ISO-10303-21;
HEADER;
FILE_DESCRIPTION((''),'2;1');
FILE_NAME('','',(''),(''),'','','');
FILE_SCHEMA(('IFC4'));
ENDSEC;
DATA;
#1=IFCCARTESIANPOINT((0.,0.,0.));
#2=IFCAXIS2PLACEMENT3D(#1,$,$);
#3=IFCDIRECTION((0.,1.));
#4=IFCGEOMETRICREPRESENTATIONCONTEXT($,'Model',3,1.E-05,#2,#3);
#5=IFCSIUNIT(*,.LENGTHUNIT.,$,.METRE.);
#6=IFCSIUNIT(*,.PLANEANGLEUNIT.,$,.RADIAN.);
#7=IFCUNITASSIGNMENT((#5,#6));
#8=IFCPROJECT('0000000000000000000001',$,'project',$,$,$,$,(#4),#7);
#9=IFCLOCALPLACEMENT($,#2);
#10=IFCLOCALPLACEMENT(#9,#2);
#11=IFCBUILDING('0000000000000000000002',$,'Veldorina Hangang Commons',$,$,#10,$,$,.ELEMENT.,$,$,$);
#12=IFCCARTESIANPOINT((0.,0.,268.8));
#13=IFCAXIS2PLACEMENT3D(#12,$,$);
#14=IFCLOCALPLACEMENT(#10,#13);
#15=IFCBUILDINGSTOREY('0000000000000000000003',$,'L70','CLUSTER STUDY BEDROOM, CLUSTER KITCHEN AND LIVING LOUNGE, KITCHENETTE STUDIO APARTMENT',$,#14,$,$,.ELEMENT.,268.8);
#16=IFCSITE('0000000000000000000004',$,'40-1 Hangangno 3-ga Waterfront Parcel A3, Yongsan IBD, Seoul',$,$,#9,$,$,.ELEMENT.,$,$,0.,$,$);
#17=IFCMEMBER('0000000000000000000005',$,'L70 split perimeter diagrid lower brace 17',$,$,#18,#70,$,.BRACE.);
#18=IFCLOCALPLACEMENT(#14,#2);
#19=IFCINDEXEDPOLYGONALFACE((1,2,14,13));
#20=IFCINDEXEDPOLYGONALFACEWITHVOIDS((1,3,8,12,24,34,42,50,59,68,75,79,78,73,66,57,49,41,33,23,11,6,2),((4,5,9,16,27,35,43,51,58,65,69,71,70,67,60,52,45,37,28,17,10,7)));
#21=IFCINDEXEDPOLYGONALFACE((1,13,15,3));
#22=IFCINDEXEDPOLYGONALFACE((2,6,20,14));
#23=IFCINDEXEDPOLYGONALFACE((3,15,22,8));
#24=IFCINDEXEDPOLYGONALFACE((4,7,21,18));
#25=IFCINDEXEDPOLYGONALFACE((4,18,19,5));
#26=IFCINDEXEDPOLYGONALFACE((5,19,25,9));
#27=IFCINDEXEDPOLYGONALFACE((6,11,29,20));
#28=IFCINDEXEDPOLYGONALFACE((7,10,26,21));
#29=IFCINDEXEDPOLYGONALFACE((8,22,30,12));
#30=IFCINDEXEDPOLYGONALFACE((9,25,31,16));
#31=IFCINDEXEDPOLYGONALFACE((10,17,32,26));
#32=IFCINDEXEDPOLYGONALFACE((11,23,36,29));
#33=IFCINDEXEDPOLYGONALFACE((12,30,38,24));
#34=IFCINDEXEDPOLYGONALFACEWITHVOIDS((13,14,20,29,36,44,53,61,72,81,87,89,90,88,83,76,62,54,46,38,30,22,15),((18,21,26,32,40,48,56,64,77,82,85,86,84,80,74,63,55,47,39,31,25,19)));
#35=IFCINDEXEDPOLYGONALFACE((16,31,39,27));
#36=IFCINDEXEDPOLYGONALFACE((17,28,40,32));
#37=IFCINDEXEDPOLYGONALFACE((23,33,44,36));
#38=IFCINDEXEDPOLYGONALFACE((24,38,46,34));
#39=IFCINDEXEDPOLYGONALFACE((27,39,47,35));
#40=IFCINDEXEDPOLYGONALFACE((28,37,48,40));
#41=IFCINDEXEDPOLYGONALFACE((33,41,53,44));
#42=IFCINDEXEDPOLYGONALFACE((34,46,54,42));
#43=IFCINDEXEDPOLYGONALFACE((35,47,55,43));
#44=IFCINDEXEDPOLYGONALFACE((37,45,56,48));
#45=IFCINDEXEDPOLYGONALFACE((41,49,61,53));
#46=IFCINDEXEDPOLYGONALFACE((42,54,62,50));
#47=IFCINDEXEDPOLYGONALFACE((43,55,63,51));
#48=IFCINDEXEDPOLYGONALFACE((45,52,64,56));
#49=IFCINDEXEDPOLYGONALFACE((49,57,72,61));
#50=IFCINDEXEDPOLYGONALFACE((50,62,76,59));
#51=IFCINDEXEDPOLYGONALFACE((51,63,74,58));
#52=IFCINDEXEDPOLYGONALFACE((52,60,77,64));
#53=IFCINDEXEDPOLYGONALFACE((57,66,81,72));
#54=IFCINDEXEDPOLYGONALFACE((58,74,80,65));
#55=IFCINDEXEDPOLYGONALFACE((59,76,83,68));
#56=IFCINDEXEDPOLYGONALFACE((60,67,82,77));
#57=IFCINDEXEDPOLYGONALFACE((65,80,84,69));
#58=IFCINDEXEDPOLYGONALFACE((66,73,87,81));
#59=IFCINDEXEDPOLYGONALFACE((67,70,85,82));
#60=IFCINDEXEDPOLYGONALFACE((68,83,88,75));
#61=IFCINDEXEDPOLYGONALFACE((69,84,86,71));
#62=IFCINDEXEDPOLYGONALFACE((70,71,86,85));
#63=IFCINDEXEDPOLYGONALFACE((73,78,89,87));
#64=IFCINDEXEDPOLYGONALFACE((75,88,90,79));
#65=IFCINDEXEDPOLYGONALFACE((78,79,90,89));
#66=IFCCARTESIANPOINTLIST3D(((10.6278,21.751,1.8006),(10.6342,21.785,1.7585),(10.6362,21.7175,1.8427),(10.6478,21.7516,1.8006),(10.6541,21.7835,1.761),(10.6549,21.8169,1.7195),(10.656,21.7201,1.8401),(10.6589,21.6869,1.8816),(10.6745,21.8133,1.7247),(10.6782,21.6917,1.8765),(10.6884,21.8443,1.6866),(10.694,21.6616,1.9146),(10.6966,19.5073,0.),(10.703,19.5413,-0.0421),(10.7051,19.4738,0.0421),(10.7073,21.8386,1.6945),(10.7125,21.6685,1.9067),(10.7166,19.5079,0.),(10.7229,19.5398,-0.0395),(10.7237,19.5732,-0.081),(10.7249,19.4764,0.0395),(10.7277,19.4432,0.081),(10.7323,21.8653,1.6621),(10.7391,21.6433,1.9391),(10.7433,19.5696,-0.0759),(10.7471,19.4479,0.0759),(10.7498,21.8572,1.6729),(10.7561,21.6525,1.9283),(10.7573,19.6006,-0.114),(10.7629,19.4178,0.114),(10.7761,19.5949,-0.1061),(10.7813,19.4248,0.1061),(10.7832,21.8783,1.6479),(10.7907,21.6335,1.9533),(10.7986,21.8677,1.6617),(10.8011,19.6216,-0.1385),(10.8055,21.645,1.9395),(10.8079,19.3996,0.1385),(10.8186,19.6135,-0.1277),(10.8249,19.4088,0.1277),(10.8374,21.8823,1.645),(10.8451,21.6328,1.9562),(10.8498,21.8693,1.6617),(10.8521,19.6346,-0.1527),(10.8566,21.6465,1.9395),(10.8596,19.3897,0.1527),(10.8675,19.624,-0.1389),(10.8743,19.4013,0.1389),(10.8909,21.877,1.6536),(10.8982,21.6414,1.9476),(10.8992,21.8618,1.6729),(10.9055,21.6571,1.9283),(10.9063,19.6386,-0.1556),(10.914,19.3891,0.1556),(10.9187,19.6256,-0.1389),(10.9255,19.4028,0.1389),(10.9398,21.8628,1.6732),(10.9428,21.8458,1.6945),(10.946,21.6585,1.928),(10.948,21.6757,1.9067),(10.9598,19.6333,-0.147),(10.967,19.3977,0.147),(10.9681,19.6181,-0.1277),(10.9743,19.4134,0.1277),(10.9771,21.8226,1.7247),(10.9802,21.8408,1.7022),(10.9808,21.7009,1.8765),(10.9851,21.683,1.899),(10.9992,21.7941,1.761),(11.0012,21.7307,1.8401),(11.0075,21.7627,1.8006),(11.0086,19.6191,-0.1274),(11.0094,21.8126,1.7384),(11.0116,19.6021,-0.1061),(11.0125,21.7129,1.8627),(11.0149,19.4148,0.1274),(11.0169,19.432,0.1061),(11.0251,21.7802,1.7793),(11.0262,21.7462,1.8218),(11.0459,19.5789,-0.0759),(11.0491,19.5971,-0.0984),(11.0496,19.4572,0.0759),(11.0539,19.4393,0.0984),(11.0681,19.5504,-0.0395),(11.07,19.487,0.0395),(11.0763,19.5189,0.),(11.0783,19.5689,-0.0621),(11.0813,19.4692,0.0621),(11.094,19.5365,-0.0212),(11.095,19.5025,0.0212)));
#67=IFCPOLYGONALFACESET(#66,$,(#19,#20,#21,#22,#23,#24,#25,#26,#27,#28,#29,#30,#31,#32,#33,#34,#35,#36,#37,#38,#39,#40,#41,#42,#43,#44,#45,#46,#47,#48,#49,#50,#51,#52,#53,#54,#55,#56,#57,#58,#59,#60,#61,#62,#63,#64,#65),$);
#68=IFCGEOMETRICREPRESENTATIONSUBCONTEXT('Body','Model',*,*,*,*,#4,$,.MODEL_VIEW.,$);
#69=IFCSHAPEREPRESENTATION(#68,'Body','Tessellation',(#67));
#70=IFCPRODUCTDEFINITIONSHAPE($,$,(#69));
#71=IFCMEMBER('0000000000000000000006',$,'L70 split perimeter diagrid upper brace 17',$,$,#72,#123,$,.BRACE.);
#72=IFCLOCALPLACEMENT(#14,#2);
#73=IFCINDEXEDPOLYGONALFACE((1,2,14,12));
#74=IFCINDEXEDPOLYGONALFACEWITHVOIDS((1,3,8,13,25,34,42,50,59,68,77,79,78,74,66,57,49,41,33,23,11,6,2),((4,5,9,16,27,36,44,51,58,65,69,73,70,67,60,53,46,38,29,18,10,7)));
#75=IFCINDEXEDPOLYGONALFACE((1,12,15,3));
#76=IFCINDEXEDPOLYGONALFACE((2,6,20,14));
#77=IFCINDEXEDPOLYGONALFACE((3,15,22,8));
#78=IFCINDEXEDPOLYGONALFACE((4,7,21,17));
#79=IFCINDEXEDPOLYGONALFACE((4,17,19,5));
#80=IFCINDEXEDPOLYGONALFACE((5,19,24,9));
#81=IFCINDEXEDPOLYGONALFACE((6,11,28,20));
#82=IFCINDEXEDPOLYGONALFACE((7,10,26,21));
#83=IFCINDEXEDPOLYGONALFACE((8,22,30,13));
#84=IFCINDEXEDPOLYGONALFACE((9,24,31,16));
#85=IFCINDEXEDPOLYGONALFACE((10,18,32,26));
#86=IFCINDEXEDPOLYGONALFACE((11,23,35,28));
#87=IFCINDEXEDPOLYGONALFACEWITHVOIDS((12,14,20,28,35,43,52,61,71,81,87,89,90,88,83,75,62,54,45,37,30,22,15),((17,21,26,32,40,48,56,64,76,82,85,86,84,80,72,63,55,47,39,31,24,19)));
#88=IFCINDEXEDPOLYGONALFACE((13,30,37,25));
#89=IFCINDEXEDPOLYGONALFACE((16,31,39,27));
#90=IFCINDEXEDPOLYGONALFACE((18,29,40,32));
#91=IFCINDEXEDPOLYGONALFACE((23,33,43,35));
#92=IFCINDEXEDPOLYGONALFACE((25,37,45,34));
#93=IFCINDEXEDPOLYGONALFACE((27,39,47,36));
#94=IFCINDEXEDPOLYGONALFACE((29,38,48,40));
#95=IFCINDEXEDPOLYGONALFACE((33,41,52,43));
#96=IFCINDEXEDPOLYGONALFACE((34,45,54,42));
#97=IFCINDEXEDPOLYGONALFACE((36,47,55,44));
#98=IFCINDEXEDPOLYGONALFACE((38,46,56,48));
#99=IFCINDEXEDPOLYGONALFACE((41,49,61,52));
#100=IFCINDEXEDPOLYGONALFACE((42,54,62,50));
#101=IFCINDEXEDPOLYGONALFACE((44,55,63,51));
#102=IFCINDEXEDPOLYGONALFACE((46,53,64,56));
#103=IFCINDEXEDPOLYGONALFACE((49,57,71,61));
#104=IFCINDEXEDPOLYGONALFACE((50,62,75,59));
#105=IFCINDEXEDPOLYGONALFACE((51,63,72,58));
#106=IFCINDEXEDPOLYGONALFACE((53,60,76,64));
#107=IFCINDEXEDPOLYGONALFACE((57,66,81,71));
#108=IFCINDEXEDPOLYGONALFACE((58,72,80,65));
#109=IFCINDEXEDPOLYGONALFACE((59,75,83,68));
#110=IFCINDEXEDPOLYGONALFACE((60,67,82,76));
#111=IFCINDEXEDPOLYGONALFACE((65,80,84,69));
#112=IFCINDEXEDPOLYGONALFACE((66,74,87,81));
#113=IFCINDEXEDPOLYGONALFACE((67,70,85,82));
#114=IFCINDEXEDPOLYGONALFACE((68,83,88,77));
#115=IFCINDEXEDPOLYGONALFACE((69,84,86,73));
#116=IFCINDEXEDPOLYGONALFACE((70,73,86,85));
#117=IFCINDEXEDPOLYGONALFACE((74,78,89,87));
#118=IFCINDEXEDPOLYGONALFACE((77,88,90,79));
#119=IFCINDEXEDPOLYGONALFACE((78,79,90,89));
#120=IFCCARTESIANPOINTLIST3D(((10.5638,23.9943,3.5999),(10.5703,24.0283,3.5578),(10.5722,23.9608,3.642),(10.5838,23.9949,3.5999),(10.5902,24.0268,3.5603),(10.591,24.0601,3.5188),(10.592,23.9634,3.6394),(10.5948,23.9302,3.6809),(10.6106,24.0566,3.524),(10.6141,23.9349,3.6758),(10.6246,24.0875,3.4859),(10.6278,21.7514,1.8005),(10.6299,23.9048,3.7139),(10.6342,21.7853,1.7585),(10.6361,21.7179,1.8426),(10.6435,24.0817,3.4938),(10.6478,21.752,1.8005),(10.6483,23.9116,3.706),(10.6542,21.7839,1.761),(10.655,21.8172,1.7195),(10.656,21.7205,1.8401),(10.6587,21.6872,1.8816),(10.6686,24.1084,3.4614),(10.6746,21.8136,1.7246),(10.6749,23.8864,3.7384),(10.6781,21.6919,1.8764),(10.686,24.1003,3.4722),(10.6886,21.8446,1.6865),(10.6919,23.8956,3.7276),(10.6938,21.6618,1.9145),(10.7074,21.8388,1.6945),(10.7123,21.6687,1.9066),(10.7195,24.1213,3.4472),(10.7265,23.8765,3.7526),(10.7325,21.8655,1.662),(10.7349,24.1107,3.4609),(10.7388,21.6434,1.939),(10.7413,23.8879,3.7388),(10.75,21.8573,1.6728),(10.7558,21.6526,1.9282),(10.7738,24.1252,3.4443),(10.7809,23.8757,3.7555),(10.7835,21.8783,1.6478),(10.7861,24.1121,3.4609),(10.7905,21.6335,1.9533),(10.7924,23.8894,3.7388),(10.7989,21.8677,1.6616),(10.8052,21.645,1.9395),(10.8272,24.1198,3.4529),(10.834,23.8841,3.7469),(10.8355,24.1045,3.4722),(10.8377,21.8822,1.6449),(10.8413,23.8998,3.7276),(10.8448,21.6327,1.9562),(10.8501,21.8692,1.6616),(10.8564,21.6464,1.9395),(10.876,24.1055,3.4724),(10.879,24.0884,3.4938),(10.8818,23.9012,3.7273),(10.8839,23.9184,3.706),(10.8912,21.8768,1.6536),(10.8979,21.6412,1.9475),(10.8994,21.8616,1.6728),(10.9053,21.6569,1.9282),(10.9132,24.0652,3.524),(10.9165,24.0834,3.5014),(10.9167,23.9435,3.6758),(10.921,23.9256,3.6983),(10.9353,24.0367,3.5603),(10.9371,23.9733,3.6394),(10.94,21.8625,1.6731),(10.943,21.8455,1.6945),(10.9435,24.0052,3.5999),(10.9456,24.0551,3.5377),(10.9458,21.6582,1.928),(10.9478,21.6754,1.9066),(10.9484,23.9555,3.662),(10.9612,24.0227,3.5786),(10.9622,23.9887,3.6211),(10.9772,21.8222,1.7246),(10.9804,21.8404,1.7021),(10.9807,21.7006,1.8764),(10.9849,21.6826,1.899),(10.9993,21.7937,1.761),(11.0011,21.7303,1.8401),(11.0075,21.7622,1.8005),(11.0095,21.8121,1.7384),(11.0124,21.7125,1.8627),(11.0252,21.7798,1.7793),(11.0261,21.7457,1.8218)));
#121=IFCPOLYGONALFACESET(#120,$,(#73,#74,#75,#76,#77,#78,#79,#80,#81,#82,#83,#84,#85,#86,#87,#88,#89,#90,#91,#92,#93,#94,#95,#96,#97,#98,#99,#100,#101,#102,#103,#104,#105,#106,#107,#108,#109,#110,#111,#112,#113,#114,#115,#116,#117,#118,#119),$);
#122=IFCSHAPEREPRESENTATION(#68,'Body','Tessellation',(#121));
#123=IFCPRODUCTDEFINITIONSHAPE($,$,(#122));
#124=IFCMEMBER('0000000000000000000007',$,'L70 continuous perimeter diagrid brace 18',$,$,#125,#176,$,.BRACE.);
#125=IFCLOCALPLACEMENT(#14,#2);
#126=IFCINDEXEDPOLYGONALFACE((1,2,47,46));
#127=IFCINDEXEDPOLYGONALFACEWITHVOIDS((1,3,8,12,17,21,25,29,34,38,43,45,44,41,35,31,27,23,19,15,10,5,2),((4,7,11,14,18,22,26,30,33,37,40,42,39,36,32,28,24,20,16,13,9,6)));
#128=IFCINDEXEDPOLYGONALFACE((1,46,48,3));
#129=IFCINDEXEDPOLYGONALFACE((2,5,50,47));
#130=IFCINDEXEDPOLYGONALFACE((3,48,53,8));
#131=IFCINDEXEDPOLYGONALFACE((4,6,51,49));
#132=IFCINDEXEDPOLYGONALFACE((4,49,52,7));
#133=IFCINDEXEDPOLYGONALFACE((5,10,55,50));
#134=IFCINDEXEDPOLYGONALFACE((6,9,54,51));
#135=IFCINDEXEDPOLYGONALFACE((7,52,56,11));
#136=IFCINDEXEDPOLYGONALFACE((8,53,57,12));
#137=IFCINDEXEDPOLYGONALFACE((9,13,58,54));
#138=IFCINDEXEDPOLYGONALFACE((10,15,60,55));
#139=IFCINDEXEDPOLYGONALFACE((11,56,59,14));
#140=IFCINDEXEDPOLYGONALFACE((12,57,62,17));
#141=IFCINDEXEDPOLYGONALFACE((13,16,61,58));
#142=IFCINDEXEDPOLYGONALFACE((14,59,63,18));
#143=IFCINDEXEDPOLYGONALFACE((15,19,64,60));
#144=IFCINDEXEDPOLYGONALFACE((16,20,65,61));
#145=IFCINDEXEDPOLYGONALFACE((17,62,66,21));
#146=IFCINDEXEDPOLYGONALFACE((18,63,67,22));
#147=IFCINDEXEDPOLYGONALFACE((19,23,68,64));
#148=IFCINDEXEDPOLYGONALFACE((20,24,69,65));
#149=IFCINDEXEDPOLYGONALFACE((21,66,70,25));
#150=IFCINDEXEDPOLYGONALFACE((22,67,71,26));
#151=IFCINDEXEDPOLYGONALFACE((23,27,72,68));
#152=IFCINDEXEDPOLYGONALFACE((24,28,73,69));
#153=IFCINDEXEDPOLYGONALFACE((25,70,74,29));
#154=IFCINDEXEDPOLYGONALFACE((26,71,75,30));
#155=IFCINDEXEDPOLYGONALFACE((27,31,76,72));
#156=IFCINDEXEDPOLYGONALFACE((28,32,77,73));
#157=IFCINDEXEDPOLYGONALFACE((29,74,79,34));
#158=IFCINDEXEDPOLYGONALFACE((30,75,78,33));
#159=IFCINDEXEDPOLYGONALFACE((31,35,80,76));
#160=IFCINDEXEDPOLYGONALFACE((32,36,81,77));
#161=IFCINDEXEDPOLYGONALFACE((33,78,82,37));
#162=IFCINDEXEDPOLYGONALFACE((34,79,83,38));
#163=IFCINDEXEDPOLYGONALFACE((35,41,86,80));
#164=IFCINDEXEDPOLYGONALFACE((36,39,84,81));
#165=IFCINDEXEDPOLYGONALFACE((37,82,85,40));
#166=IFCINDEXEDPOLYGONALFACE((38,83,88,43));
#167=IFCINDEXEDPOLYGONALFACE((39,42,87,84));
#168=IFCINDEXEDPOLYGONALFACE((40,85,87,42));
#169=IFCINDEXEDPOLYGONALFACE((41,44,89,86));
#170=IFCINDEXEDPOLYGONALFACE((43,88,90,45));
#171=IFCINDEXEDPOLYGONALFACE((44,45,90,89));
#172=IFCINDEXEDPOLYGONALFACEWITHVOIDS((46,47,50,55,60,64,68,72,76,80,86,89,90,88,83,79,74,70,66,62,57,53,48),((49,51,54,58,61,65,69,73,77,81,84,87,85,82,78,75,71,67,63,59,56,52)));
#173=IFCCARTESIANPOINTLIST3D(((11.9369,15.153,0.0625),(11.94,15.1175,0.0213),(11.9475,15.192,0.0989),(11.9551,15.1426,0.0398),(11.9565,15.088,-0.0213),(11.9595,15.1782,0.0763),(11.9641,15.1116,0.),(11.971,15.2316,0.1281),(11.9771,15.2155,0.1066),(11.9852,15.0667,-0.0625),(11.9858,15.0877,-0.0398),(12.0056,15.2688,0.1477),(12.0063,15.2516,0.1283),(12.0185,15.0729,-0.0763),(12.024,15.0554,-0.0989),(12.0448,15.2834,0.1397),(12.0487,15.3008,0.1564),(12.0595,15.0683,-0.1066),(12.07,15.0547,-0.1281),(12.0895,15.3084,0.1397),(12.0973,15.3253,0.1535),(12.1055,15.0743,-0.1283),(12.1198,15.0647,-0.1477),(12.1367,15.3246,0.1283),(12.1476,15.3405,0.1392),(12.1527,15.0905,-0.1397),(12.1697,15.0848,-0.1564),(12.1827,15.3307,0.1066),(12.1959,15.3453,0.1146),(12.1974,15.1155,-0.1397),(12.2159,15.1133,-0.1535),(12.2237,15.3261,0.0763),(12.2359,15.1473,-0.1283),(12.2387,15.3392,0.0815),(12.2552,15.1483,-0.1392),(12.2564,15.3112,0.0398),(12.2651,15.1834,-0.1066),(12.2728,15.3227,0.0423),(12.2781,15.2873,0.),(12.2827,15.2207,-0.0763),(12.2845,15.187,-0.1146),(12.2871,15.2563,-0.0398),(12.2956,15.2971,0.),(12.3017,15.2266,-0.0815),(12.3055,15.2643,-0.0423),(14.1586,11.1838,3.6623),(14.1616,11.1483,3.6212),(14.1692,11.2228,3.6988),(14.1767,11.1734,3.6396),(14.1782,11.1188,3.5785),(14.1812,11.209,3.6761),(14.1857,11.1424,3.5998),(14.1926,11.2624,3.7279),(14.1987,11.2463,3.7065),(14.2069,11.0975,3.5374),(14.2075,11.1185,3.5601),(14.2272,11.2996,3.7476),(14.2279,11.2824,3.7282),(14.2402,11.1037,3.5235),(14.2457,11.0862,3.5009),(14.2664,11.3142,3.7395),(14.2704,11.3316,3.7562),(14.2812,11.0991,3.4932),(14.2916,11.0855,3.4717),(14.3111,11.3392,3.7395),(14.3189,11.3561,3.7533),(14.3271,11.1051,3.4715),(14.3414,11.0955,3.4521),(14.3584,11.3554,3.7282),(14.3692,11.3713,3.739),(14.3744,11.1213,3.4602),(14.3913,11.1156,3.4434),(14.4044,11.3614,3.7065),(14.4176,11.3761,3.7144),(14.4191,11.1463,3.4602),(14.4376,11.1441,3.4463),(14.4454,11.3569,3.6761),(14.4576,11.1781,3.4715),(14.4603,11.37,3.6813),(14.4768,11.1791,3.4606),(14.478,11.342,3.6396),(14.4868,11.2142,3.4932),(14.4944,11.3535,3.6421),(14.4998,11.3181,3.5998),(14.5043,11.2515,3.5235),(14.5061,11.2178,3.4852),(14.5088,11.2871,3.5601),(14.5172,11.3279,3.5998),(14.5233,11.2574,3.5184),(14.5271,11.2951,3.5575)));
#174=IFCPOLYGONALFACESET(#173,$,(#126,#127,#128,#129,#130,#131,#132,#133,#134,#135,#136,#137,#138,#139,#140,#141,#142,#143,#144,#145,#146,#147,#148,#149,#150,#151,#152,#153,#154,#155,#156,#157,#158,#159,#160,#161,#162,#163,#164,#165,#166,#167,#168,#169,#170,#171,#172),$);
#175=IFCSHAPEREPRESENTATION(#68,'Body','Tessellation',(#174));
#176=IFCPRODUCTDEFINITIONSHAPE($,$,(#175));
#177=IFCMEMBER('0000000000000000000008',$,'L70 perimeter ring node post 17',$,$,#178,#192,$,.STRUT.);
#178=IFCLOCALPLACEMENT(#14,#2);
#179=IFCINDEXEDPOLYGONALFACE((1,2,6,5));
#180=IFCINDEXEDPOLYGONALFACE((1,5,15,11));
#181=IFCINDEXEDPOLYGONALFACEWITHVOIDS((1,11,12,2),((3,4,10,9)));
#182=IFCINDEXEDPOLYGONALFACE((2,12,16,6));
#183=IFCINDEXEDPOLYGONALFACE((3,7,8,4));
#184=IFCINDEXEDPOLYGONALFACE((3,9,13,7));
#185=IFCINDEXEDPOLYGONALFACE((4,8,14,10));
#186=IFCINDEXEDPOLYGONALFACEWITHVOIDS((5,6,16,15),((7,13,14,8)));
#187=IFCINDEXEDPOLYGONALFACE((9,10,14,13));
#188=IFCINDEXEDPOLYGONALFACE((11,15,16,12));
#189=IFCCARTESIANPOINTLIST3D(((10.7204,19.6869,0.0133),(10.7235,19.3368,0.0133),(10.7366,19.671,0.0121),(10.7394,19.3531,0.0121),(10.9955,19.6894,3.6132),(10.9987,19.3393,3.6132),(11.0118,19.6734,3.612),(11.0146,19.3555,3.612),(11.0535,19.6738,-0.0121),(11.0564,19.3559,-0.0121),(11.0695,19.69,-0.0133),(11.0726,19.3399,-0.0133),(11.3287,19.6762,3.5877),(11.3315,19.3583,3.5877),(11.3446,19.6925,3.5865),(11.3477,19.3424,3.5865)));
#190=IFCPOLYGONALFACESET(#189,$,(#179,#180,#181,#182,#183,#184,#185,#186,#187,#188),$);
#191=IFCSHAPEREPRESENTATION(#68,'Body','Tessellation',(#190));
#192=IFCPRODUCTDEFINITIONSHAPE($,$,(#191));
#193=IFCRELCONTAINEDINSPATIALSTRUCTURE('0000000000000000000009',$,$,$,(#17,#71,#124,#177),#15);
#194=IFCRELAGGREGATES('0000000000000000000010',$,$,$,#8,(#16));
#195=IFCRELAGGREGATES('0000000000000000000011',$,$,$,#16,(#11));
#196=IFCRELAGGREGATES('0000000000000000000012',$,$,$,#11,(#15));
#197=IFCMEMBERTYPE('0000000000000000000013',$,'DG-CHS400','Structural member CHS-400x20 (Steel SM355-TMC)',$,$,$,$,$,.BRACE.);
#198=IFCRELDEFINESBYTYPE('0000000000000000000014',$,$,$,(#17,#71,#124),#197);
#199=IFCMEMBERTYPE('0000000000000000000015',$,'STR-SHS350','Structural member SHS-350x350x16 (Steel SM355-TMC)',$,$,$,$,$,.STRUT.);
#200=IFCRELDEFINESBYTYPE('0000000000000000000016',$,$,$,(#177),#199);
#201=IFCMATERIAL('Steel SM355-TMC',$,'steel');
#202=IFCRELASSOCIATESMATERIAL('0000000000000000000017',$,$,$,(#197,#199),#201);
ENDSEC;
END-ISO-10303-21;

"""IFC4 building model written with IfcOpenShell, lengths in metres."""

from ifc_helpers import new_model, si_unit, direction, frame, origin, origin_2d, place, context, subcontext, project, spatial, hollow_rectangle, hollow_circle, extrude, material, material_profile, profile_set, type_object, element, save


model = new_model("IFC4")

# Units and contexts
model_context = context("Model", 3, precision=1e-05, world=origin(), true_north=direction((0.0, 1.0)))
body_context = subcontext(model_context, "Body", "Model", "MODEL_VIEW")
ifc_project = project(units=[si_unit("LENGTHUNIT", "METRE"), si_unit("PLANEANGLEUNIT", "RADIAN")], contexts=[model_context])

# Site, building, storey
site_placement = place(None, origin())
site = spatial("IfcSite", under=ifc_project, at=site_placement, Name="40-1 Hangangno 3-ga Waterfront Parcel A3, Yongsan IBD, Seoul", CompositionType="ELEMENT", RefElevation=0.0)
building_placement = place(site_placement, origin())
building = spatial("IfcBuilding", under=site, at=building_placement, Name="Veldorina Hangang Commons", CompositionType="ELEMENT")
storey_placement = place(building_placement, frame((0.0, 0.0, 268.8)))
storey = spatial("IfcBuildingStorey", under=building, at=storey_placement, Name="L70", Description="CLUSTER STUDY BEDROOM, CLUSTER KITCHEN AND LIVING LOUNGE, KITCHENETTE STUDIO APARTMENT", CompositionType="ELEMENT", Elevation=268.8)

# Shared definitions
ifc_material_1 = material(Name="Steel SM355-TMC", Category="steel")

# Members
ifc_material_profile_1 = material_profile(ifc_material_1, hollow_circle(Radius=0.2, WallThickness=0.02, at=origin_2d()), Name="CHS-400x20")
ifc_profile_set_1 = profile_set([ifc_material_profile_1], Name="Steel SM355-TMC")
member_type_1 = type_object("IfcMemberType", Name="DG-CHS400", Description="Structural member CHS-400x20 (Steel SM355-TMC)", PredefinedType="BRACE", material=ifc_profile_set_1)
member_1_placement = place(storey_placement, frame((10.8965, 19.5134, 0.0), z_axis=(-0.023925, 0.779692, 0.625705), x_axis=(-0.99953, -0.030671, 0.0)))
element("IfcMember", 1, at=member_1_placement, inside=storey, type_object=member_type_1, Name="L70 split perimeter diagrid lower brace 17", PredefinedType="BRACE", context=body_context, shape_type="SweptSolid", body=[
    extrude(hollow_circle(Radius=0.2, WallThickness=0.02, at=origin_2d()), origin(), (0.0, 0.0, 1.0), 2.8777),
])
member_2_placement = place(storey_placement, frame((10.8276, 21.7571, 1.8005), z_axis=(-0.02224, 0.77983, 0.625596), x_axis=(-0.999594, -0.028507, 0.0)))
element("IfcMember", 2, at=member_2_placement, inside=storey, type_object=member_type_1, Name="L70 split perimeter diagrid upper brace 17", PredefinedType="BRACE", context=body_context, shape_type="SweptSolid", body=[
    extrude(hollow_circle(Radius=0.2, WallThickness=0.02, at=origin_2d()), origin(), (0.0, 0.0, 1.0), 2.8762),
])
member_3_placement = place(storey_placement, frame((12.1211, 15.1995, 0.0), z_axis=(0.382993, -0.684253, 0.620575), x_axis=(0.872609, 0.48842, 0.0)))
element("IfcMember", 3, at=member_3_placement, inside=storey, type_object=member_type_1, Name="L70 continuous perimeter diagrid brace 18", PredefinedType="BRACE", context=body_context, shape_type="SweptSolid", body=[
    extrude(hollow_circle(Radius=0.2, WallThickness=0.02, at=origin_2d()), origin(), (0.0, 0.0, 1.0), 5.8008),
])
ifc_material_profile_2 = material_profile(ifc_material_1, hollow_rectangle(XDim=0.3501, YDim=0.3501, WallThickness=0.0161, at=origin_2d()), Name="SHS-350x350x16")
ifc_profile_set_2 = profile_set([ifc_material_profile_2], Name="Steel SM355-TMC")
member_type_2 = type_object("IfcMemberType", Name="STR-SHS350", Description="Structural member SHS-350x350x16 (Steel SM355-TMC)", PredefinedType="STRUT", material=ifc_profile_set_2)
member_4_placement = place(storey_placement, frame((10.8965, 19.5134, 0.0), z_axis=(0.07621, 0.000676, 0.997092), x_axis=(-0.008873, 0.999961, 0.0)))
element("IfcMember", 4, at=member_4_placement, inside=storey, type_object=member_type_2, Name="L70 perimeter ring node post 17", PredefinedType="STRUT", context=body_context, shape_type="SweptSolid", body=[
    extrude(hollow_rectangle(XDim=0.3501, YDim=0.3501, WallThickness=0.0161, at=origin_2d()), origin(), (0.0, 0.0, 1.0), 3.6104),
])

save(model, "model.ifc")
